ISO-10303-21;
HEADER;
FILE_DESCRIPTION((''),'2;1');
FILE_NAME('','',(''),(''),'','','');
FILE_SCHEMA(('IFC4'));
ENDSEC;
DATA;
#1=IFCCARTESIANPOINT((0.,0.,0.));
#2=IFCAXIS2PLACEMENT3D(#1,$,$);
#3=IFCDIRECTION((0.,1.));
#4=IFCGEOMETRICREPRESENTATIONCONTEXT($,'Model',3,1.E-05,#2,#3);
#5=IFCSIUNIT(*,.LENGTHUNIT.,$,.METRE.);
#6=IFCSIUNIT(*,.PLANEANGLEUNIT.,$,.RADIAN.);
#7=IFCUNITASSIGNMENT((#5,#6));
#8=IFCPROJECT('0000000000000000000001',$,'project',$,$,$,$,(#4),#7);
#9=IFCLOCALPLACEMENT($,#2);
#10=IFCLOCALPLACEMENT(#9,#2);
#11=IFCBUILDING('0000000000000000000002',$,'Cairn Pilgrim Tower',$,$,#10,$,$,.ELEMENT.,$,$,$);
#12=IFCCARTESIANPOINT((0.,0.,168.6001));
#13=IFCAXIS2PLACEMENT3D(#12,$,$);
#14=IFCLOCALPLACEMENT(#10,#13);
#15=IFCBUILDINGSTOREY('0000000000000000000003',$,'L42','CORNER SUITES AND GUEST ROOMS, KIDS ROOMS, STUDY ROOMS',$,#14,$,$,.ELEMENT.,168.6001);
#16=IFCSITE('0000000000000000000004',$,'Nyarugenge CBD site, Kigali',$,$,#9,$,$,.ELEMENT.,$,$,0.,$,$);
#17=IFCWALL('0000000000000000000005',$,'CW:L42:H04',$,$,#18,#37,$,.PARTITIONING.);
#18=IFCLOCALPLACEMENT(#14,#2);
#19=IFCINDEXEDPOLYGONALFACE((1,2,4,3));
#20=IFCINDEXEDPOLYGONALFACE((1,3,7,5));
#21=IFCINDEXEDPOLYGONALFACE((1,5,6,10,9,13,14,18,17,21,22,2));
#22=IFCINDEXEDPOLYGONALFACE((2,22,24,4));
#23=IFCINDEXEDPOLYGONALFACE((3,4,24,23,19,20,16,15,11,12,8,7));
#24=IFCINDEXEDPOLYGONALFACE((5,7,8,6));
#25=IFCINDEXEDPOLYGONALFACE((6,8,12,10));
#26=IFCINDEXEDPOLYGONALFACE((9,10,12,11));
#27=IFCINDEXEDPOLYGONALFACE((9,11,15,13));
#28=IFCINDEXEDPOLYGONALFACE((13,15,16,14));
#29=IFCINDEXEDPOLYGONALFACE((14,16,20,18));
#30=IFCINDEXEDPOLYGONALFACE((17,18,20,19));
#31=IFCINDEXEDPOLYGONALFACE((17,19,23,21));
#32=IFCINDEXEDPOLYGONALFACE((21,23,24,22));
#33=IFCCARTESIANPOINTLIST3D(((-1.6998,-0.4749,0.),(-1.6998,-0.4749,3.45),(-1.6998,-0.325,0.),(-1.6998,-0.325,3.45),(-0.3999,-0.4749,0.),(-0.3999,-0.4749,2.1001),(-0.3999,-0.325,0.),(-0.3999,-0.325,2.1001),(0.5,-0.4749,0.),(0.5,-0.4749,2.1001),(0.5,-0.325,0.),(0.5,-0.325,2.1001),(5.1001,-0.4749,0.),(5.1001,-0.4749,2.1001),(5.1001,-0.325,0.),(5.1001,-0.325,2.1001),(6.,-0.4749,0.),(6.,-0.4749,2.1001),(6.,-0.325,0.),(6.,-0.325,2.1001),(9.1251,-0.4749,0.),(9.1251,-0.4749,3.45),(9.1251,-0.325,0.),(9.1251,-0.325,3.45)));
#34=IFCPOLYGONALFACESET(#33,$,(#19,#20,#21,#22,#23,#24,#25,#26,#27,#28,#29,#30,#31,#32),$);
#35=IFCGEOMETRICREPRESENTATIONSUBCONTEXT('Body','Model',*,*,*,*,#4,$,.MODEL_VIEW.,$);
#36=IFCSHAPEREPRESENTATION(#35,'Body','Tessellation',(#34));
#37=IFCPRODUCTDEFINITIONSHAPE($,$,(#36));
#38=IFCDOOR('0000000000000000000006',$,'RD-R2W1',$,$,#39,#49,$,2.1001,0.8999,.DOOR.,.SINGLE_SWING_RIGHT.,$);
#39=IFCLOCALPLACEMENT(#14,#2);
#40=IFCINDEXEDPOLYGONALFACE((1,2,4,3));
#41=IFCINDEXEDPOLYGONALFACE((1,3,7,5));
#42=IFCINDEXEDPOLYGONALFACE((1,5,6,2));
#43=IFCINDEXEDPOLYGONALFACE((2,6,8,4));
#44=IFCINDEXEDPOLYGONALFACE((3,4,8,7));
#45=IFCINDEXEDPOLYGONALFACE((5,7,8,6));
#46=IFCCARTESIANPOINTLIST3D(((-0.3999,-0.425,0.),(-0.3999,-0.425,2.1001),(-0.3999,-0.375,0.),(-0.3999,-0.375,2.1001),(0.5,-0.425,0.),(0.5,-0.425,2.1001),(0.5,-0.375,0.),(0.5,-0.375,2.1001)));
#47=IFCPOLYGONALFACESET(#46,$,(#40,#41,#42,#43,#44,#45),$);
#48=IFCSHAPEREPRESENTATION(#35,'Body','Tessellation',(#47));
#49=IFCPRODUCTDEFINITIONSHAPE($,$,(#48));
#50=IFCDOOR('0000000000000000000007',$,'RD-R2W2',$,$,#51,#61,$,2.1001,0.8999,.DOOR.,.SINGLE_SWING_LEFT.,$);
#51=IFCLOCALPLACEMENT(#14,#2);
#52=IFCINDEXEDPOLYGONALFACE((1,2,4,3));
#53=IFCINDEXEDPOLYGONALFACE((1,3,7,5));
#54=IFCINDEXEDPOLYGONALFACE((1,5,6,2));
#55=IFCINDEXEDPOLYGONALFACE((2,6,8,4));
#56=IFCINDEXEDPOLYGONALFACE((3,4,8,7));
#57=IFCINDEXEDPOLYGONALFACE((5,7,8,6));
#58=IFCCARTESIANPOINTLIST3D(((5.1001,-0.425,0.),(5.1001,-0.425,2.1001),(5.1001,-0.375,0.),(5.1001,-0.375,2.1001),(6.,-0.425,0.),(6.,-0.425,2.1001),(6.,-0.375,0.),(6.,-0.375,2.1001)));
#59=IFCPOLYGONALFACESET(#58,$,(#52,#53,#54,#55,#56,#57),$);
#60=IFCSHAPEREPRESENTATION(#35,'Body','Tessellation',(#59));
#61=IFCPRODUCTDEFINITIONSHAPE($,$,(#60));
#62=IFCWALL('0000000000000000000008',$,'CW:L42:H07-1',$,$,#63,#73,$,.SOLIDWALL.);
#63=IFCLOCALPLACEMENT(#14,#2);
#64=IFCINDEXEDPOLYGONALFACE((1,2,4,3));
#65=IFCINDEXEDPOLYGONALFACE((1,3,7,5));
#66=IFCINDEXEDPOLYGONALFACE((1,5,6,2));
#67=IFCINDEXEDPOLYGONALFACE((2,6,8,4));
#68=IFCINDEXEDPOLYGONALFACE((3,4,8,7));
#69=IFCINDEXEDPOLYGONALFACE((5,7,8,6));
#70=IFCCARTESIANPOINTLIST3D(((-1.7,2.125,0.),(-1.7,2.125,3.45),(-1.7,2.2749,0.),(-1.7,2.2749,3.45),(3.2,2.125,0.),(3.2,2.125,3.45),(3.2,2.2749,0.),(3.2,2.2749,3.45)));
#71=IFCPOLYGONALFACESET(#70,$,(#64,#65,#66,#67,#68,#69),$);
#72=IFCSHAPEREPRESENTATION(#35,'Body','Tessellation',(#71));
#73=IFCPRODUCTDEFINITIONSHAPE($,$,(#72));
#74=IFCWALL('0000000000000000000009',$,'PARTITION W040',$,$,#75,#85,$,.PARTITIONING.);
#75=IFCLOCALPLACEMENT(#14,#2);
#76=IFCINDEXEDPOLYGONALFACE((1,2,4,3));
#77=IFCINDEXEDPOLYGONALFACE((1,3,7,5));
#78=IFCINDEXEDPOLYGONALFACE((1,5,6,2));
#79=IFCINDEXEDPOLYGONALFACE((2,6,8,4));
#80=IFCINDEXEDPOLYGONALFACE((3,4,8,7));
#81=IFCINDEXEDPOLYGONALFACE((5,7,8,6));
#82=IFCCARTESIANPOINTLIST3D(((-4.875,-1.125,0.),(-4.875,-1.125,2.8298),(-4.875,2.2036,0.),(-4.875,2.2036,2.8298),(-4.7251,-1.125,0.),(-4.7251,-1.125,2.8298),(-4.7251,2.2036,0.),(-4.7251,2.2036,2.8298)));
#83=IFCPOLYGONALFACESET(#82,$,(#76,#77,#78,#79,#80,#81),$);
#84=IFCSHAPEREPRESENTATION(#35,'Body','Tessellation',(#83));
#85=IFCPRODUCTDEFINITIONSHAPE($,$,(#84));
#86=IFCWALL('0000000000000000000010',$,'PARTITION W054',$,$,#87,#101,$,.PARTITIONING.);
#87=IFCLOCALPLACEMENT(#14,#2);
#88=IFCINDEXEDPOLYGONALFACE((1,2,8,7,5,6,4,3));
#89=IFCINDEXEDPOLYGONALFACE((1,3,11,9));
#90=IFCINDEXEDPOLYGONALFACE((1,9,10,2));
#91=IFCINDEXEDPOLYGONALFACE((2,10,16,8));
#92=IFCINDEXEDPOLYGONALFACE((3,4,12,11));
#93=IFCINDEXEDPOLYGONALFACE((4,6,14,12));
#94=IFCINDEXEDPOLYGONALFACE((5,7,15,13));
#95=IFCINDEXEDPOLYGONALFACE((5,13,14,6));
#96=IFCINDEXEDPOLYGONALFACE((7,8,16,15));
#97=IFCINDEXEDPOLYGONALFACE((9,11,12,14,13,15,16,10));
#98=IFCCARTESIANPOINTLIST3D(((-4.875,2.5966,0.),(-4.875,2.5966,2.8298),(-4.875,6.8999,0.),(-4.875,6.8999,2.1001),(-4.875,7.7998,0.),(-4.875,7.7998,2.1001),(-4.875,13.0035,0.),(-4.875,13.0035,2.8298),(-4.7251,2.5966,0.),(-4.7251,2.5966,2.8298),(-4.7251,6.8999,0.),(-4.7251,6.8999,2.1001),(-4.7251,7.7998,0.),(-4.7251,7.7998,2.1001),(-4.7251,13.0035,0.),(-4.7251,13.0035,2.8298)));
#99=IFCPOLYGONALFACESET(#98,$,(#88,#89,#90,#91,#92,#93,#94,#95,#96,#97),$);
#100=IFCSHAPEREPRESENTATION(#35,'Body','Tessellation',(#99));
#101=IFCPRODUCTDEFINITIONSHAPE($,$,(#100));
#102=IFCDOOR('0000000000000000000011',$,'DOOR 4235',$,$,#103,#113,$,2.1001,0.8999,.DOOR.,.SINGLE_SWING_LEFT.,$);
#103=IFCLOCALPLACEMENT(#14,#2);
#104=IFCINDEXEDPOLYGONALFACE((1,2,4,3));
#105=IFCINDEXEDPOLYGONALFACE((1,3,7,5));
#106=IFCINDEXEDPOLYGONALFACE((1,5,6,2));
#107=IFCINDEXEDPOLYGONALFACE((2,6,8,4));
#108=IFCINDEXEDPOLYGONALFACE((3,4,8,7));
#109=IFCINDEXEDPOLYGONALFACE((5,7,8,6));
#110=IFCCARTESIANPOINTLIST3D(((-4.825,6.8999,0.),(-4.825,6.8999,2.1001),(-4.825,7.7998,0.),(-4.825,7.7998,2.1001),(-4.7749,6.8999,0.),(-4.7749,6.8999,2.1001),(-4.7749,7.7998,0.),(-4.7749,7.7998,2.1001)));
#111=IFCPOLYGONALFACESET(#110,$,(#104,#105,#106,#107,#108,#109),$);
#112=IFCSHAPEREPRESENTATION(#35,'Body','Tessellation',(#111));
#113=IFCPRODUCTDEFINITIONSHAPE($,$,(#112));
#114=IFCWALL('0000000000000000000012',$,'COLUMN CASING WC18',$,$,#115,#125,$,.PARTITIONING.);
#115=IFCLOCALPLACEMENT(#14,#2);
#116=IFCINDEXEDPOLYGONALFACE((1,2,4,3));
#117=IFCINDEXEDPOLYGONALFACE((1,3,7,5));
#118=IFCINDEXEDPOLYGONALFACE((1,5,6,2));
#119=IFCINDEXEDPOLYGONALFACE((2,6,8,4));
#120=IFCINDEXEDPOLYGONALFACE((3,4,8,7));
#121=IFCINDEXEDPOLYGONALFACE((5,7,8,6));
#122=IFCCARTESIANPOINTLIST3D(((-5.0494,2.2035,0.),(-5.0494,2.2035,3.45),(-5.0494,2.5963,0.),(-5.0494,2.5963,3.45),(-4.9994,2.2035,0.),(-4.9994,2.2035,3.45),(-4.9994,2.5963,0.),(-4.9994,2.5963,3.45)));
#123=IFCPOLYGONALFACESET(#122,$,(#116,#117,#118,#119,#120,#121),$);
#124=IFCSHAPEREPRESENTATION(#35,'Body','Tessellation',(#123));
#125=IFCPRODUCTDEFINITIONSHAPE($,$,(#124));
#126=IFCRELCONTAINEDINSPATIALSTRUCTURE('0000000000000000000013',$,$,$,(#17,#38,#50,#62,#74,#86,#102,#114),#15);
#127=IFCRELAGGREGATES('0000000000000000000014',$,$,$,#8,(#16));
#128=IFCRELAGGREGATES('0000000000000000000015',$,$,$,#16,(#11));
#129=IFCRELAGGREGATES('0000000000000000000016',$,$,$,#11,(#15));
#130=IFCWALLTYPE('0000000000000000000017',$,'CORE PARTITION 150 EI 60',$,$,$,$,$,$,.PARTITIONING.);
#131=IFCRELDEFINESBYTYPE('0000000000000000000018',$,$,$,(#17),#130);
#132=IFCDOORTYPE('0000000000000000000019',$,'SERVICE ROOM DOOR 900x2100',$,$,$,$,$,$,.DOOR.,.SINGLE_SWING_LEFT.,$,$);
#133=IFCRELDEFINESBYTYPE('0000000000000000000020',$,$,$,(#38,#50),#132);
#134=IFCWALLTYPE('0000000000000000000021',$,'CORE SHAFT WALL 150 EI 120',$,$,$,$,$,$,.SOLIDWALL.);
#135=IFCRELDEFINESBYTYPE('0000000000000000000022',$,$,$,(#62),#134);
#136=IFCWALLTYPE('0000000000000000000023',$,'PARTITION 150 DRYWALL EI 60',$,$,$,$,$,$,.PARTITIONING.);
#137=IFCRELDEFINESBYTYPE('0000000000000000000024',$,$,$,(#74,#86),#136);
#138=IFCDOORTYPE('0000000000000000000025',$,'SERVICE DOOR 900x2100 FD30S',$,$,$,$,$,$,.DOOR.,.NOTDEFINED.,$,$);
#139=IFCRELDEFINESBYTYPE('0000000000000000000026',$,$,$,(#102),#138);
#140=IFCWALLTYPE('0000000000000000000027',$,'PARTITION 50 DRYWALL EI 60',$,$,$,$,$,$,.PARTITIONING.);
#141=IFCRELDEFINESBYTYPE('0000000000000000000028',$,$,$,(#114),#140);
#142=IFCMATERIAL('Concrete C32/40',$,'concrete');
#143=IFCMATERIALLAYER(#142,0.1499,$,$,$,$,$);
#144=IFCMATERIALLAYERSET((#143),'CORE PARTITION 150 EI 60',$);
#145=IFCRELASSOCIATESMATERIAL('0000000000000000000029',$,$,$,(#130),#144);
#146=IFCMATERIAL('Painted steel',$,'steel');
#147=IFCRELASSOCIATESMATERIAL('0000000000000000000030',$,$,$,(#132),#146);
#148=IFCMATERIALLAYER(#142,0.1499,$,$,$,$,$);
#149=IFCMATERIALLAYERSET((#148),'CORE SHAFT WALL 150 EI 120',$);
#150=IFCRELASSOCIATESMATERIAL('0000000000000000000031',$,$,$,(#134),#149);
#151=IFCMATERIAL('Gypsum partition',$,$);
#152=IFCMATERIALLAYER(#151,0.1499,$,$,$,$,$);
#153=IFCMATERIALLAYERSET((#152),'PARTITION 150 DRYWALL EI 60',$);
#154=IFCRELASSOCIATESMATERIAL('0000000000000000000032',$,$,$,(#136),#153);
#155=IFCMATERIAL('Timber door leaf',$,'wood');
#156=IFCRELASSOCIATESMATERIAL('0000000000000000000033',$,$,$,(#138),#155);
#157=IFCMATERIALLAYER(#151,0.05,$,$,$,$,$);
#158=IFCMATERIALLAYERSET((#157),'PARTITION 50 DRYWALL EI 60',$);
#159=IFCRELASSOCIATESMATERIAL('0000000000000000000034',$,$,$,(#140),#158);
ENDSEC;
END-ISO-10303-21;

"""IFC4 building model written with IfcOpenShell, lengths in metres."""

from ifc_helpers import new_model, si_unit, direction, frame, frame_2d, origin, place, context, subcontext, project, spatial, rectangle, extrude, material, layer, layer_set, type_object, element, fill, save


model = new_model("IFC4")

# Units and contexts
model_context = context("Model", 3, precision=1e-05, world=origin(), true_north=direction((0.0, 1.0)))
body_context = subcontext(model_context, "Body", "Model", "MODEL_VIEW")
ifc_project = project(units=[si_unit("LENGTHUNIT", "METRE"), si_unit("PLANEANGLEUNIT", "RADIAN")], contexts=[model_context])

# Site, building, storey
site_placement = place(None, origin())
site = spatial("IfcSite", under=ifc_project, at=site_placement, Name="Nyarugenge CBD site, Kigali", CompositionType="ELEMENT", RefElevation=0.0)
building_placement = place(site_placement, origin())
building = spatial("IfcBuilding", under=site, at=building_placement, Name="Cairn Pilgrim Tower", CompositionType="ELEMENT")
storey_placement = place(building_placement, frame((0.0, 0.0, 168.6001)))
storey = spatial("IfcBuildingStorey", under=building, at=storey_placement, Name="L42", Description="CORNER SUITES AND GUEST ROOMS, KIDS ROOMS, STUDY ROOMS", CompositionType="ELEMENT", Elevation=168.6001)

# Shared definitions
ifc_material_1 = material(Name="Concrete C32/40", Category="concrete")

# Shared definitions
ifc_material_2 = material(Name="Painted steel", Category="steel")

# Shared definitions
ifc_layer_1 = layer(ifc_material_1, 0.1499)
ifc_layer_set_1 = layer_set([ifc_layer_1], Name="CORE PARTITION 150 EI 60")
wall_type_1 = type_object("IfcWallType", Name="CORE PARTITION 150 EI 60", PredefinedType="PARTITIONING", material=ifc_layer_set_1)
door_type_1 = type_object("IfcDoorType", Name="SERVICE ROOM DOOR 900x2100", OperationType="SINGLE_SWING_LEFT", PredefinedType="DOOR", material=ifc_material_2)

# Wall, openings, doors
wall_1_placement = place(storey_placement, frame((-1.7, -0.3999, 0.0), z_axis=(0.0, 0.0, 1.0), x_axis=(1.0, 0.0, 0.0)))
wall_1 = element("IfcWall", 1, at=wall_1_placement, inside=storey, type_object=wall_type_1, Name="CW:L42:H04", PredefinedType="PARTITIONING", context=body_context, shape_type="SweptSolid", body=[
    extrude(rectangle(XDim=10.825, YDim=0.1499, at=frame_2d((5.4126, 0.0))), origin(), (0.0, 0.0, 1.0), 3.45),
])
opening_1_placement = place(wall_1_placement, frame((1.3, 0.0, 0.0)))
opening_1 = element("IfcOpeningElement", 2, at=opening_1_placement, cuts=wall_1, PredefinedType="OPENING", context=body_context, shape_type="SweptSolid", body=[
    extrude(rectangle(XDim=0.8999, YDim=2.1001, at=frame_2d((0.45, 1.05))), frame((0.0, 0.085, 0.0), z_axis=(0.0, -1.0, 0.0), x_axis=(1.0, 0.0, 0.0)), (0.0, 0.0, 1.0), 0.1699),
])
opening_2_placement = place(wall_1_placement, frame((6.8, 0.0, 0.0)))
opening_2 = element("IfcOpeningElement", 3, at=opening_2_placement, cuts=wall_1, PredefinedType="OPENING", context=body_context, shape_type="SweptSolid", body=[
    extrude(rectangle(XDim=0.8999, YDim=2.1001, at=frame_2d((0.45, 1.05))), frame((0.0, 0.085, 0.0), z_axis=(0.0, -1.0, 0.0), x_axis=(1.0, 0.0, 0.0)), (0.0, 0.0, 1.0), 0.1699),
])
door_1_placement = place(opening_1_placement, origin())
door_1 = element("IfcDoor", 4, at=door_1_placement, inside=storey, type_object=door_type_1, Name="RD-R2W1", OperationType="SINGLE_SWING_RIGHT", OverallHeight=2.1001, OverallWidth=0.8999, PredefinedType="DOOR", context=body_context, shape_type="SweptSolid", body=[
    extrude(rectangle(XDim=0.8999, YDim=2.1001, at=frame_2d((0.45, 1.05))), frame((0.0, 0.0249, 0.0), z_axis=(0.0, -1.0, 0.0), x_axis=(1.0, 0.0, 0.0)), (0.0, 0.0, 1.0), 0.05),
])
fill(opening_1, door_1)
door_2_placement = place(opening_2_placement, origin())
door_2 = element("IfcDoor", 5, at=door_2_placement, inside=storey, type_object=door_type_1, Name="RD-R2W2", OperationType="SINGLE_SWING_LEFT", OverallHeight=2.1001, OverallWidth=0.8999, PredefinedType="DOOR", context=body_context, shape_type="SweptSolid", body=[
    extrude(rectangle(XDim=0.8999, YDim=2.1001, at=frame_2d((0.45, 1.05))), frame((0.0, 0.0249, 0.0), z_axis=(0.0, -1.0, 0.0), x_axis=(1.0, 0.0, 0.0)), (0.0, 0.0, 1.0), 0.05),
])
fill(opening_2, door_2)

# Walls
ifc_layer_2 = layer(ifc_material_1, 0.1499)
ifc_layer_set_2 = layer_set([ifc_layer_2], Name="CORE SHAFT WALL 150 EI 120")
wall_type_2 = type_object("IfcWallType", Name="CORE SHAFT WALL 150 EI 120", PredefinedType="SOLIDWALL", material=ifc_layer_set_2)
wall_2_placement = place(storey_placement, frame((-1.7, 2.2, 0.0), z_axis=(0.0, 0.0, 1.0), x_axis=(1.0, 0.0, 0.0)))
element("IfcWall", 6, at=wall_2_placement, inside=storey, type_object=wall_type_2, Name="CW:L42:H07-1", PredefinedType="SOLIDWALL", context=body_context, shape_type="SweptSolid", body=[
    extrude(rectangle(XDim=4.8999, YDim=0.1499, at=frame_2d((2.45, 0.0))), origin(), (0.0, 0.0, 1.0), 3.45),
])
ifc_material_3 = material(Name="Gypsum partition")
ifc_layer_3 = layer(ifc_material_3, 0.1499)
ifc_layer_set_3 = layer_set([ifc_layer_3], Name="PARTITION 150 DRYWALL EI 60")
wall_type_3 = type_object("IfcWallType", Name="PARTITION 150 DRYWALL EI 60", PredefinedType="PARTITIONING", material=ifc_layer_set_3)
wall_3_placement = place(storey_placement, frame((-4.8, -1.125, 0.0), z_axis=(0.0, 0.0, 1.0), x_axis=(0.0, 1.0, 0.0)))
element("IfcWall", 7, at=wall_3_placement, inside=storey, type_object=wall_type_3, Name="PARTITION W040", PredefinedType="PARTITIONING", context=body_context, shape_type="SweptSolid", body=[
    extrude(rectangle(XDim=3.3286, YDim=0.1499, at=frame_2d((1.6643, 0.0))), origin(), (0.0, 0.0, 1.0), 2.8298),
])

# Wall, opening, door
wall_4_placement = place(storey_placement, frame((-4.8, 2.5964, 0.0), z_axis=(0.0, 0.0, 1.0), x_axis=(0.0, 1.0, 0.0)))
wall_4 = element("IfcWall", 8, at=wall_4_placement, inside=storey, type_object=wall_type_3, Name="PARTITION W054", PredefinedType="PARTITIONING", context=body_context, shape_type="SweptSolid", body=[
    extrude(rectangle(XDim=10.407, YDim=0.1499, at=frame_2d((5.2036, 0.0))), origin(), (0.0, 0.0, 1.0), 2.8298),
])
opening_3_placement = place(wall_4_placement, frame((4.3035, 0.0, 0.0)))
opening_3 = element("IfcOpeningElement", 9, at=opening_3_placement, cuts=wall_4, PredefinedType="OPENING", context=body_context, shape_type="SweptSolid", body=[
    extrude(rectangle(XDim=0.8999, YDim=2.1001, at=frame_2d((0.45, 1.05))), frame((0.0, 0.085, 0.0), z_axis=(0.0, -1.0, 0.0), x_axis=(1.0, 0.0, 0.0)), (0.0, 0.0, 1.0), 0.1699),
])
ifc_material_4 = material(Name="Timber door leaf", Category="wood")
door_type_2 = type_object("IfcDoorType", Name="SERVICE DOOR 900x2100 FD30S", OperationType="NOTDEFINED", PredefinedType="DOOR", material=ifc_material_4)
door_3_placement = place(opening_3_placement, origin())
door_3 = element("IfcDoor", 10, at=door_3_placement, inside=storey, type_object=door_type_2, Name="DOOR 4235", OperationType="SINGLE_SWING_LEFT", OverallHeight=2.1001, OverallWidth=0.8999, PredefinedType="DOOR", context=body_context, shape_type="SweptSolid", body=[
    extrude(rectangle(XDim=0.8999, YDim=2.1001, at=frame_2d((0.45, 1.05))), frame((0.0, 0.0249, 0.0), z_axis=(0.0, -1.0, 0.0), x_axis=(1.0, 0.0, 0.0)), (0.0, 0.0, 1.0), 0.05),
])
fill(opening_3, door_3)

# Wall
ifc_layer_4 = layer(ifc_material_3, 0.05)
ifc_layer_set_4 = layer_set([ifc_layer_4], Name="PARTITION 50 DRYWALL EI 60")
wall_type_4 = type_object("IfcWallType", Name="PARTITION 50 DRYWALL EI 60", PredefinedType="PARTITIONING", material=ifc_layer_set_4)
wall_5_placement = place(storey_placement, frame((-5.0244, 2.2036, 0.0), z_axis=(0.0, 0.0, 1.0), x_axis=(0.0, 1.0, 0.0)))
element("IfcWall", 11, at=wall_5_placement, inside=storey, type_object=wall_type_4, Name="COLUMN CASING WC18", PredefinedType="PARTITIONING", context=body_context, shape_type="SweptSolid", body=[
    extrude(rectangle(XDim=0.3928, YDim=0.05, at=frame_2d((0.1963, 0.0))), origin(), (0.0, 0.0, 1.0), 3.45),
])

save(model, "model.ifc")
